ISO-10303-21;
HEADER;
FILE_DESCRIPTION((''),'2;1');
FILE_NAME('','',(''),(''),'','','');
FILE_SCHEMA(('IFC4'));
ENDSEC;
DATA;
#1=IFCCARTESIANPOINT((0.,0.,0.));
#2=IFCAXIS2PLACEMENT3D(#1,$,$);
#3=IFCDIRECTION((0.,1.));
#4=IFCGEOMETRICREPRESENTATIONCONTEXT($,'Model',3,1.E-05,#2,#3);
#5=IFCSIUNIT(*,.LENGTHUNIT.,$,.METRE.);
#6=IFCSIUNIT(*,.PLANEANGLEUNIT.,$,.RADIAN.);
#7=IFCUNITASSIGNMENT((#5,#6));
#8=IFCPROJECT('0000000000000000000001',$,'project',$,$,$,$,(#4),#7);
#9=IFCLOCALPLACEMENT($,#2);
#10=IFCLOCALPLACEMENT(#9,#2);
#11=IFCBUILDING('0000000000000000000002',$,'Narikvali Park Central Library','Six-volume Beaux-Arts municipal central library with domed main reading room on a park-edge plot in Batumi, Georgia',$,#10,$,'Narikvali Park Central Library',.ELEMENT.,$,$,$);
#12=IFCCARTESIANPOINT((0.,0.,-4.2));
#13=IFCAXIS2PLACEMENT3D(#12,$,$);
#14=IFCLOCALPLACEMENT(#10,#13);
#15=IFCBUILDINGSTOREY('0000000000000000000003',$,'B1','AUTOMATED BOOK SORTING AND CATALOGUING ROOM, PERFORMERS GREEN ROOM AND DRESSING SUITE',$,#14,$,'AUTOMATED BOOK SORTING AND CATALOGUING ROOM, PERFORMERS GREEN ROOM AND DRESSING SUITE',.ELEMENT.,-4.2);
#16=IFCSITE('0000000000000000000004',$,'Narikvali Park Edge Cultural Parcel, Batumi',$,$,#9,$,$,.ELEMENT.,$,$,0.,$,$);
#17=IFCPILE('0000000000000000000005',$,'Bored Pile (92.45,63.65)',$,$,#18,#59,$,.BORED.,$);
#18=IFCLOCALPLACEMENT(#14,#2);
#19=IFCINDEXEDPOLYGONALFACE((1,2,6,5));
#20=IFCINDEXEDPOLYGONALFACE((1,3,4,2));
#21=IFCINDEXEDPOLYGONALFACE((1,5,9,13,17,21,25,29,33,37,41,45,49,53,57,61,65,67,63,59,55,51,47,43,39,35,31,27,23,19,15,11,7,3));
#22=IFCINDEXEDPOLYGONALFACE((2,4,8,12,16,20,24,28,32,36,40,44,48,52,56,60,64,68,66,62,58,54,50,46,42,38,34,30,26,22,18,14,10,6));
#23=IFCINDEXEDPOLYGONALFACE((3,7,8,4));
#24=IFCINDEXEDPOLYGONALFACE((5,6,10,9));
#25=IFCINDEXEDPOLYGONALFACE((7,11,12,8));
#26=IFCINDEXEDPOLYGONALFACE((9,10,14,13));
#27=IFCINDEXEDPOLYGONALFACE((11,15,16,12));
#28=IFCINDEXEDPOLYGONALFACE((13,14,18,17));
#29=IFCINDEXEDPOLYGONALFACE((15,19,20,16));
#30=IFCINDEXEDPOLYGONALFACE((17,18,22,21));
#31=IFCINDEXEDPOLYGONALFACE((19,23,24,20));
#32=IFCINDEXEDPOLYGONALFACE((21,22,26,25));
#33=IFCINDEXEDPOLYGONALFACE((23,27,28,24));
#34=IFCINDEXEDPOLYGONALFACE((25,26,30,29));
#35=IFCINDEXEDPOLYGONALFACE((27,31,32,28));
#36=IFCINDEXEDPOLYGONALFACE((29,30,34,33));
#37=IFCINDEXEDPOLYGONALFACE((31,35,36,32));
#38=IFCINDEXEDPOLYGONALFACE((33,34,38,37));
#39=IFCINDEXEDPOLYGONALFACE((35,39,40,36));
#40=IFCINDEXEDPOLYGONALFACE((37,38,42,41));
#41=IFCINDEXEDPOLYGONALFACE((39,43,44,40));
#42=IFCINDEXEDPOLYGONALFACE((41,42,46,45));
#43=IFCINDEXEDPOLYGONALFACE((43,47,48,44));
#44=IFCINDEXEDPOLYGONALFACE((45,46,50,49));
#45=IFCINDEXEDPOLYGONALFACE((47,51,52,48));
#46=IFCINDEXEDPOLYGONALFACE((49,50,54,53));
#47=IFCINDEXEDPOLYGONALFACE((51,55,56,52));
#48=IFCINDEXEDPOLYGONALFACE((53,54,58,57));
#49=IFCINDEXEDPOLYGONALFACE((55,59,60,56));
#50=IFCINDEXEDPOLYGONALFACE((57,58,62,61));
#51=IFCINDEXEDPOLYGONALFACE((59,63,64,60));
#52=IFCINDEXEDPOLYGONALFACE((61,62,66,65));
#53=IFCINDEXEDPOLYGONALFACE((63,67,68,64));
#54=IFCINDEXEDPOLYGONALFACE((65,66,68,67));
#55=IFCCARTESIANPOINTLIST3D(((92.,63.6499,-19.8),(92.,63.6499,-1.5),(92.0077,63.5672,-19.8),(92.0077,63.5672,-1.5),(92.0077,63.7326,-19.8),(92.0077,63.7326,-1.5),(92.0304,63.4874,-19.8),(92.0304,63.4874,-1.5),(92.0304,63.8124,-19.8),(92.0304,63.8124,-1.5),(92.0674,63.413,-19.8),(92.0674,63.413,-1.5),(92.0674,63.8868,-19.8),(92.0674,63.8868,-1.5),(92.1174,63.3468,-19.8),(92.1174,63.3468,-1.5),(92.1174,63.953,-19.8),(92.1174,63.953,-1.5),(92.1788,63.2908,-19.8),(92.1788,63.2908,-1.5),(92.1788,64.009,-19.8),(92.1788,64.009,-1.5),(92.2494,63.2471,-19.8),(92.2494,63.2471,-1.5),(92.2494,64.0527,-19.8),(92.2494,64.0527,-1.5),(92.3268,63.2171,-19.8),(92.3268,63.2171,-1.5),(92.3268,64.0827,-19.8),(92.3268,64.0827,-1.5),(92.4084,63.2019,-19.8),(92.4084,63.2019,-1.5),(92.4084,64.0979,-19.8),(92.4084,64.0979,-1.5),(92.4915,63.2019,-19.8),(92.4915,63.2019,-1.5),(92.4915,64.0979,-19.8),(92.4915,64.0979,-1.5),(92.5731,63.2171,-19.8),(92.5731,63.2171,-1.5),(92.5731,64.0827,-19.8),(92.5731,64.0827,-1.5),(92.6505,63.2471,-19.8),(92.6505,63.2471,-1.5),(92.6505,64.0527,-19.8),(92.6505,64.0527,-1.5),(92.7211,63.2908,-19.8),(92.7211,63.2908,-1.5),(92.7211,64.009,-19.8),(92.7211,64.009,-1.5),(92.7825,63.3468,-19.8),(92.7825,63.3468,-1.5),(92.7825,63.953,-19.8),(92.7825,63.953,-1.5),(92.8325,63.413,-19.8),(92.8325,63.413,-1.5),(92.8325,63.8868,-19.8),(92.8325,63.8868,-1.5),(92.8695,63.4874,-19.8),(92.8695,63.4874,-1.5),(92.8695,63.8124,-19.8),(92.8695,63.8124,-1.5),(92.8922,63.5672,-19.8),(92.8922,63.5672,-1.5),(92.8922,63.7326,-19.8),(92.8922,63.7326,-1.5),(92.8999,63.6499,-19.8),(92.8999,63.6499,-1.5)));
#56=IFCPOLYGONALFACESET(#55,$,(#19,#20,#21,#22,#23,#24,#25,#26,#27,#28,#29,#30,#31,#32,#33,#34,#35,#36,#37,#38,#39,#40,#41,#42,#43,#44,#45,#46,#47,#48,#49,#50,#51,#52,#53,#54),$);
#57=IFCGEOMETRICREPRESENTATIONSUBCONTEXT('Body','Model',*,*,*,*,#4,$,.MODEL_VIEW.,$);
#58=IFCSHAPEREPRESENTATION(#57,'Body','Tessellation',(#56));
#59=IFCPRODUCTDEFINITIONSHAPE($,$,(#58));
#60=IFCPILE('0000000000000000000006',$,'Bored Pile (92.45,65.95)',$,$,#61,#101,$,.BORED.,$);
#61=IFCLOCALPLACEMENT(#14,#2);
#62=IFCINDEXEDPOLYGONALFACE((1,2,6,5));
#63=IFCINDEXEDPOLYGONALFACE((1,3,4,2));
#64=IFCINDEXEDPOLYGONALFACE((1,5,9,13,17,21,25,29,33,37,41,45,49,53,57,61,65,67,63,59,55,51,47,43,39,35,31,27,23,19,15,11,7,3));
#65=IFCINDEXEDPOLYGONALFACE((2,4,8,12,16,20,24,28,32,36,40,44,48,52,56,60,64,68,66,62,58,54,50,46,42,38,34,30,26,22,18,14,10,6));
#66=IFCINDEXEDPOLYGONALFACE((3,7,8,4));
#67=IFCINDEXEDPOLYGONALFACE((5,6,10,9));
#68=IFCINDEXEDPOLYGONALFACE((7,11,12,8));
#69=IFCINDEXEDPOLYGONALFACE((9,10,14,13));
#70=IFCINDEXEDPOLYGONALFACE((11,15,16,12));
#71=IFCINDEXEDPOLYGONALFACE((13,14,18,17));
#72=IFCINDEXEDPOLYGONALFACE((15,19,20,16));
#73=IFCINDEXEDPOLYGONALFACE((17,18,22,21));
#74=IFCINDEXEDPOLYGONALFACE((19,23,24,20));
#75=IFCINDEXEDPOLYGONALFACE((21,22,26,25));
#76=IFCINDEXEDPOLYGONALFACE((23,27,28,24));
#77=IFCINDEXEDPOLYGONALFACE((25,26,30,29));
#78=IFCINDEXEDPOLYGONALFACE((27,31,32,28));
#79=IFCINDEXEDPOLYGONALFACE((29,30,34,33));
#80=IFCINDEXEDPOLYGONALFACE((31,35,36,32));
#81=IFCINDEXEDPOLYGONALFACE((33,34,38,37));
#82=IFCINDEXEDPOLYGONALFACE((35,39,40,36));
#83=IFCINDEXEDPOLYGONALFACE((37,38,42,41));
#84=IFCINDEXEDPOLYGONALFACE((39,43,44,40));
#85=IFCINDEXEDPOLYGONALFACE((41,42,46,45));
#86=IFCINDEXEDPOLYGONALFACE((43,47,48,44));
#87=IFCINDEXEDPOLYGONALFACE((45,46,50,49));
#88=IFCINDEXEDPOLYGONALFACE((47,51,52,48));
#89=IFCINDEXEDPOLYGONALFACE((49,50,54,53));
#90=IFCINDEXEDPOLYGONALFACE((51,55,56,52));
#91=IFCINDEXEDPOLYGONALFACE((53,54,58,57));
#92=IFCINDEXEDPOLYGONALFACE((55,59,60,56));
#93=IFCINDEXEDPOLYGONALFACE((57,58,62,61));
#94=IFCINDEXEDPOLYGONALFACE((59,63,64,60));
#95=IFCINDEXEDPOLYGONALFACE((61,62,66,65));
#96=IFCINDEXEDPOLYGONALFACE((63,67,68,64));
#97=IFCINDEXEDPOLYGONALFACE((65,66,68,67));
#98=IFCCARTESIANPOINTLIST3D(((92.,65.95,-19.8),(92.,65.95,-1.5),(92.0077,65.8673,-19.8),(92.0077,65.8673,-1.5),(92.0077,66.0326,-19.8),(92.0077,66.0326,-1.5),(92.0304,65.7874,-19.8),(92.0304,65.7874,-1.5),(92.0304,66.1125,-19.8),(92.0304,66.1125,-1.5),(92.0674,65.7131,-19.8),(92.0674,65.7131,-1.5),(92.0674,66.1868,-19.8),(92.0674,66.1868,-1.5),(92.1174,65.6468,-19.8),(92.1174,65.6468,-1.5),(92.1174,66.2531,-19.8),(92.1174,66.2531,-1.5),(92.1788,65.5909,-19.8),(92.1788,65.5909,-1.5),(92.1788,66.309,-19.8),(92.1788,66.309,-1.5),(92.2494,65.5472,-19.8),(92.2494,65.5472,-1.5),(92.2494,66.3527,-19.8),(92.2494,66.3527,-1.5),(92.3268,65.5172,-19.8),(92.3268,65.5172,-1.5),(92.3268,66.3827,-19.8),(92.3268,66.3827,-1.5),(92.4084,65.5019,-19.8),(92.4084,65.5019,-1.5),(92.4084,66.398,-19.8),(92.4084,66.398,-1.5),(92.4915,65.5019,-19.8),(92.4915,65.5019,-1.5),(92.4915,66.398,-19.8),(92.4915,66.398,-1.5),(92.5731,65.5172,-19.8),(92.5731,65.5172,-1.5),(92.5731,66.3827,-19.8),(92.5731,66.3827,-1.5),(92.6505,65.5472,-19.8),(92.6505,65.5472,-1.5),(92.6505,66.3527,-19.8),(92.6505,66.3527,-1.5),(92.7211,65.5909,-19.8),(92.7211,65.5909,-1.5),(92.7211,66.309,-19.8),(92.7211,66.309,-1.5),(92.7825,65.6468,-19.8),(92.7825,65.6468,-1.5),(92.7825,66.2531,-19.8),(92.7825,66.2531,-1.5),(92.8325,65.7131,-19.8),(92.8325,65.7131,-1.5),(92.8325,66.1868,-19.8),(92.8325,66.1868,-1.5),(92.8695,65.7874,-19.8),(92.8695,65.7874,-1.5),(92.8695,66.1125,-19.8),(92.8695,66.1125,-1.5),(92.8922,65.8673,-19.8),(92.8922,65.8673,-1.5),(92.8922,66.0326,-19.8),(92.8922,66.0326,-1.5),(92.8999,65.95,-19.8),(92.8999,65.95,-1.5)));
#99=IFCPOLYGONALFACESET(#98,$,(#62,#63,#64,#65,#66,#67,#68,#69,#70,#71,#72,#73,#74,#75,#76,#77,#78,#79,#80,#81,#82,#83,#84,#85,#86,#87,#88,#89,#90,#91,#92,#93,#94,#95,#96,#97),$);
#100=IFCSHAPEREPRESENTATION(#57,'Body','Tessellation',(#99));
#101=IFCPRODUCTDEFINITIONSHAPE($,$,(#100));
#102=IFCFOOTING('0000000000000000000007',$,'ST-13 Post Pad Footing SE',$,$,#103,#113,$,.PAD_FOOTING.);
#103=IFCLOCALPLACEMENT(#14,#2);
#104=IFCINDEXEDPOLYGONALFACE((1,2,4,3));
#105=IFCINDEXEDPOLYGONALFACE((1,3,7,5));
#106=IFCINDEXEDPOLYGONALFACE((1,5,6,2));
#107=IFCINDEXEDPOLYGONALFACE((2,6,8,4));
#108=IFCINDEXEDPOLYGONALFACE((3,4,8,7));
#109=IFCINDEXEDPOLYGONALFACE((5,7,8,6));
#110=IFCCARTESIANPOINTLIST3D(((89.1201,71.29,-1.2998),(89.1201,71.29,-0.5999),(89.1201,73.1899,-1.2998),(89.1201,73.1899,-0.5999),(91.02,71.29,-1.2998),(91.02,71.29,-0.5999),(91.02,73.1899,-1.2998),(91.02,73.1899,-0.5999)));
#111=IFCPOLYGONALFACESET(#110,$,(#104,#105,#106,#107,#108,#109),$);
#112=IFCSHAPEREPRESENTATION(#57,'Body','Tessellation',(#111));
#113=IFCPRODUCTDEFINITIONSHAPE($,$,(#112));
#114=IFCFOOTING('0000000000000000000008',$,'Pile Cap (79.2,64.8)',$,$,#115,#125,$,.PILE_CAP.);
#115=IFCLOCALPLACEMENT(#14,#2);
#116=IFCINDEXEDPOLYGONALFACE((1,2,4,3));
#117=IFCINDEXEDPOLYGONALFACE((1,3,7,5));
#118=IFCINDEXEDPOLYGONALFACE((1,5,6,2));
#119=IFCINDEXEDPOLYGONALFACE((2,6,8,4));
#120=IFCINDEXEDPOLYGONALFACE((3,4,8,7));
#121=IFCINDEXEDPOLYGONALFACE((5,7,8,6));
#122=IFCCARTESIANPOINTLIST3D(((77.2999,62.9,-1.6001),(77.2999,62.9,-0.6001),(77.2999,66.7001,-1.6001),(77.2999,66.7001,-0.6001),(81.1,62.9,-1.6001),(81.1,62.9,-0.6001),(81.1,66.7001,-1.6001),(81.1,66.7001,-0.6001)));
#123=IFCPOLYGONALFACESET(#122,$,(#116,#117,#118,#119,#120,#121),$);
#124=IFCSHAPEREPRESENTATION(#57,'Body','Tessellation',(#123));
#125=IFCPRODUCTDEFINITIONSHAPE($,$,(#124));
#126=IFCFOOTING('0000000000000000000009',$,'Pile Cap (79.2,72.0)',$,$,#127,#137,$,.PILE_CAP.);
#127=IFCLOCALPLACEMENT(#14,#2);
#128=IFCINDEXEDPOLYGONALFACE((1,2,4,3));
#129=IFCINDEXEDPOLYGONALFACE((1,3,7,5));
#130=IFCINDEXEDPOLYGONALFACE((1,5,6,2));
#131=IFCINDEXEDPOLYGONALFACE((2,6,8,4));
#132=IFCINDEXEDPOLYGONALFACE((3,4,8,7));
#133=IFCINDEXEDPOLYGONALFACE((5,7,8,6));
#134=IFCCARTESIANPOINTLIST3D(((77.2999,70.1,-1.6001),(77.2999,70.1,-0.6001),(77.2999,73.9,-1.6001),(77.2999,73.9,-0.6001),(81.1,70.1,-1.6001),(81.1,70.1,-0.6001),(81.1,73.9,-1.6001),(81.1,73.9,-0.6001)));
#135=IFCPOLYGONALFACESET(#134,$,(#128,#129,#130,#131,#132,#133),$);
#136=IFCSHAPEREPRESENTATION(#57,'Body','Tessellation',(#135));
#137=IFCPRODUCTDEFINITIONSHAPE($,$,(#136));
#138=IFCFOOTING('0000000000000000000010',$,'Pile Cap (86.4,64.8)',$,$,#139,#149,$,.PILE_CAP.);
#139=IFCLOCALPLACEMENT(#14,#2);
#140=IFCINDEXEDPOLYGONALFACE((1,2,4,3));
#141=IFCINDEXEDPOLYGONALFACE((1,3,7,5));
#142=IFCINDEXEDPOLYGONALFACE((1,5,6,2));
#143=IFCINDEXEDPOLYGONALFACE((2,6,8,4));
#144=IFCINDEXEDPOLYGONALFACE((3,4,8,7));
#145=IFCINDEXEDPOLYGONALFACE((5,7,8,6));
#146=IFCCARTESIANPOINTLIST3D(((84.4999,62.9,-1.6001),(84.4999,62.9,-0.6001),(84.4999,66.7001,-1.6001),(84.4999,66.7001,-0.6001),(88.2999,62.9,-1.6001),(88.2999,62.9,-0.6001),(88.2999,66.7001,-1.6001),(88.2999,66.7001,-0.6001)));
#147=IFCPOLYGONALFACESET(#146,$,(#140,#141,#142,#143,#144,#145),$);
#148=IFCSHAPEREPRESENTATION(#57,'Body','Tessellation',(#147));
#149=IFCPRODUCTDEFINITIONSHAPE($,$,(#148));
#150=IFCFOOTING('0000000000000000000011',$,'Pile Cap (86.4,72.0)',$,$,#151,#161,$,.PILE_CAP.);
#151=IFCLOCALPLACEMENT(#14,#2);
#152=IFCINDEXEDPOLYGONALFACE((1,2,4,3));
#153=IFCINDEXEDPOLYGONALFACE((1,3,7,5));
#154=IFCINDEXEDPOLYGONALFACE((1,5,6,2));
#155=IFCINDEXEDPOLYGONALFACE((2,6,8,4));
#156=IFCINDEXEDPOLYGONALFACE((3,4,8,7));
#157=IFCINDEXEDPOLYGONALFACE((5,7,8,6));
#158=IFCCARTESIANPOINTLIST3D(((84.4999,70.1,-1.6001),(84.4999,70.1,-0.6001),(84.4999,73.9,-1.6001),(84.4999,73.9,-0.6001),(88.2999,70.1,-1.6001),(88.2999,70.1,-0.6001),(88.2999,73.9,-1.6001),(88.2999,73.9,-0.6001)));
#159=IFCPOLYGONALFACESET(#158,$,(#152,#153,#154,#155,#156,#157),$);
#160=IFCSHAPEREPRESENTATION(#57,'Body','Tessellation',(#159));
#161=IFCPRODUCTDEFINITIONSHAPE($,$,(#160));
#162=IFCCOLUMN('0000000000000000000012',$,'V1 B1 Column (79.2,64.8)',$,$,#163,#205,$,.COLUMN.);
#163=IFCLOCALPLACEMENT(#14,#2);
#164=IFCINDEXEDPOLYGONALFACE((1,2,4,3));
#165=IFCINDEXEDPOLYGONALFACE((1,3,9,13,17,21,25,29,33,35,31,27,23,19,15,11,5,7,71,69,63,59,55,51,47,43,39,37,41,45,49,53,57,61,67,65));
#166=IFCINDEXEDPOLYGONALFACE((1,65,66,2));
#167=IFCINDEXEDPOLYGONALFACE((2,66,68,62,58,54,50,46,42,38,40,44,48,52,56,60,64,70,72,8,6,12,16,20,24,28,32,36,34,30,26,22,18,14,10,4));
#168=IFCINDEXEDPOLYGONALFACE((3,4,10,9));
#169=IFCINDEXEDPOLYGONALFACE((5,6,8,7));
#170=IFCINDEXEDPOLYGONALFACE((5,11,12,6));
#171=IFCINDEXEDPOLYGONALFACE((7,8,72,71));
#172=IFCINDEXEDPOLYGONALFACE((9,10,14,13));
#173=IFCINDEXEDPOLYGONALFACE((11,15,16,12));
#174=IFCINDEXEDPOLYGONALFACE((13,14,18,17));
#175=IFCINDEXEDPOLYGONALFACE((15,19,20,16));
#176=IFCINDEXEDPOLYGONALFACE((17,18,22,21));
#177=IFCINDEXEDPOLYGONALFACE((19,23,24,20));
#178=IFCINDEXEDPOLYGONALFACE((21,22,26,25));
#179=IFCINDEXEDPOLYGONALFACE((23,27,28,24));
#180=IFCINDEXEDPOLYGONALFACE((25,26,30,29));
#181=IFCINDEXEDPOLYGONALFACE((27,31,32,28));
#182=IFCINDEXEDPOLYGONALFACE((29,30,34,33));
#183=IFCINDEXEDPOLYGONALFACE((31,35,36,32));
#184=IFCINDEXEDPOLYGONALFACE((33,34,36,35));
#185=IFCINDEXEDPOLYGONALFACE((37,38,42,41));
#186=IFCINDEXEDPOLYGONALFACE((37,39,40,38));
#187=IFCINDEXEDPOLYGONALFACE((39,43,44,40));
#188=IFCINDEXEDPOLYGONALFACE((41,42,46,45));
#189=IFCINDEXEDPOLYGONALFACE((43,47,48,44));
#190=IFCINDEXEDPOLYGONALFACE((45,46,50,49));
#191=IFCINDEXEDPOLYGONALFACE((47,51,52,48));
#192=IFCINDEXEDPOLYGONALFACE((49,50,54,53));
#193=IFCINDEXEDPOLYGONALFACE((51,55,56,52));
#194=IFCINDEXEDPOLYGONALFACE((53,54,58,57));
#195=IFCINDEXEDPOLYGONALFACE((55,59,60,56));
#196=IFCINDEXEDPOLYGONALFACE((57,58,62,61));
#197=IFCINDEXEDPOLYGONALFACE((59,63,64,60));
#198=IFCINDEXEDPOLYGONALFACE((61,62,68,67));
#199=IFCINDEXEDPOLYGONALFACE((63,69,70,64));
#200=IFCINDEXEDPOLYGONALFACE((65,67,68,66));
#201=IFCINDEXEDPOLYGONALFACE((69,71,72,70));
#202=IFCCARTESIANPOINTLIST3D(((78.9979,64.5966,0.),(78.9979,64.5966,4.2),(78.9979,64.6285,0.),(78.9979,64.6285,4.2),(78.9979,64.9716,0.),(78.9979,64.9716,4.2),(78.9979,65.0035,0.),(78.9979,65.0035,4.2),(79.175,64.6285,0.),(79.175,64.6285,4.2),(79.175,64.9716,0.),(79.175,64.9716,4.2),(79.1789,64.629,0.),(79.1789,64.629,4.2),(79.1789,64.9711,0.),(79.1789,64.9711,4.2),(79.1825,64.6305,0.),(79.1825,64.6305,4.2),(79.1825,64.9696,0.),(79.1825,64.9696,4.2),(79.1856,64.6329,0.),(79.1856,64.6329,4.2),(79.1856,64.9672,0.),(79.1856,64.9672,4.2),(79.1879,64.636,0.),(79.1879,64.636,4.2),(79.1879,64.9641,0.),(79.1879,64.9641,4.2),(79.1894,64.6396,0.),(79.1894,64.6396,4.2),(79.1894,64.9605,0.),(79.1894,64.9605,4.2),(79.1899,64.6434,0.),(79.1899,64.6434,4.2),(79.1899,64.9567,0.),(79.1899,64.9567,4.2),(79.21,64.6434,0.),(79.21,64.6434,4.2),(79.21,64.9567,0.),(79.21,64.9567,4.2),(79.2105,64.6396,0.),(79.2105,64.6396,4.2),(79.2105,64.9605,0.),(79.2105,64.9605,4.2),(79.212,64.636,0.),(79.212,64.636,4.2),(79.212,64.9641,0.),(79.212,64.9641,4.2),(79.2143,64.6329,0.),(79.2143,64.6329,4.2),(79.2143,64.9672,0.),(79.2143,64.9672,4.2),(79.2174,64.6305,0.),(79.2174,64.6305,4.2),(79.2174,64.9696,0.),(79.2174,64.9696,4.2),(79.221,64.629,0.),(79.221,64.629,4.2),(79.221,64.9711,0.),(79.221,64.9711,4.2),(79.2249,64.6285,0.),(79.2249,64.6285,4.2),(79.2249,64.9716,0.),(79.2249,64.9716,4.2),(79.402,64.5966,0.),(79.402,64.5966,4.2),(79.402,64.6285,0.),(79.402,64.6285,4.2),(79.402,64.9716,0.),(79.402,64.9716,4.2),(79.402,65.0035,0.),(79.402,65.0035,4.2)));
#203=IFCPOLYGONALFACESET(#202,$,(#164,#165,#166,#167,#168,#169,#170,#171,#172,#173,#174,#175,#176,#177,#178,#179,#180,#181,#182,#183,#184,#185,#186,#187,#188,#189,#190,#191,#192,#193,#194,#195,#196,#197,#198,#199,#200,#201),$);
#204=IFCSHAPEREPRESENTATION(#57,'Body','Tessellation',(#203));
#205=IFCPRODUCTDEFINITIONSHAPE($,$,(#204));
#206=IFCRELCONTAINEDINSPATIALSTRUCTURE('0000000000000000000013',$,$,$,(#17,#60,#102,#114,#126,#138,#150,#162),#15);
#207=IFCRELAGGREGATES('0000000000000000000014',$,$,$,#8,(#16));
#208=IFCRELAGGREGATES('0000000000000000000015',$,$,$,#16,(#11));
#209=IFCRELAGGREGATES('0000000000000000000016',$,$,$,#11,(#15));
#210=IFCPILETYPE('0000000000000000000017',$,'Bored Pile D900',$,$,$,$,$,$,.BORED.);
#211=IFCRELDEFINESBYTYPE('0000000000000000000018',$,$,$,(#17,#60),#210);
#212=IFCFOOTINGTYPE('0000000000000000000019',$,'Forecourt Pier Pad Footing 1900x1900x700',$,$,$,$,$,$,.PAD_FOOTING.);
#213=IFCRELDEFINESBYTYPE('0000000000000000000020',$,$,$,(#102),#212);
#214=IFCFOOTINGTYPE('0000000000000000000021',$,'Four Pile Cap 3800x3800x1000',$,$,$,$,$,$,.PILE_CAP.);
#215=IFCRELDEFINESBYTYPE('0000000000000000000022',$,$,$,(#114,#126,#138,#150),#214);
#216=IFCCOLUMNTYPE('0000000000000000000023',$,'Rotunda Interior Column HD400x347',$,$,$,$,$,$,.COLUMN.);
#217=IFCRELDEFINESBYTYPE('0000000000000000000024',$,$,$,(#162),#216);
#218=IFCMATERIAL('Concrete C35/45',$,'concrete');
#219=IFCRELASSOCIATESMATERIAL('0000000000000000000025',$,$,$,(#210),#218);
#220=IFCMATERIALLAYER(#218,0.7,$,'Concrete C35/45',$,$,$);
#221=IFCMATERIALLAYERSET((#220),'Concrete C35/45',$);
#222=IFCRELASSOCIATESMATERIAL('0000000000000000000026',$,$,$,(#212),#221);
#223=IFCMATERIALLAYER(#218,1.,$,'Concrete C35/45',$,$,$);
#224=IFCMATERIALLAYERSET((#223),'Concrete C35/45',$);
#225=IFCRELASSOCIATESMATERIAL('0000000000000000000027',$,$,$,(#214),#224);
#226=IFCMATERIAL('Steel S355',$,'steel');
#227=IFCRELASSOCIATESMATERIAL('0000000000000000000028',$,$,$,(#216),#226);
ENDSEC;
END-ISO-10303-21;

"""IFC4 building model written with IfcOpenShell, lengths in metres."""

from ifc_helpers import new_model, si_unit, direction, frame, origin, origin_2d, place, context, subcontext, project, spatial, rectangle, circle, i_section, extrude, material, layer, layer_set, material_profile, profile_set, type_object, element, save


model = new_model("IFC4")

# Units and contexts
model_context = context("Model", 3, precision=1e-05, world=origin(), true_north=direction((0.0, 1.0)))
body_context = subcontext(model_context, "Body", "Model", "MODEL_VIEW")
ifc_project = project(units=[si_unit("LENGTHUNIT", "METRE"), si_unit("PLANEANGLEUNIT", "RADIAN")], contexts=[model_context])

# Site, building, storey
site_placement = place(None, origin())
site = spatial("IfcSite", under=ifc_project, at=site_placement, Name="Narikvali Park Edge Cultural Parcel, Batumi", CompositionType="ELEMENT", RefElevation=0.0)
building_placement = place(site_placement, origin())
building = spatial("IfcBuilding", under=site, at=building_placement, Name="Narikvali Park Central Library", Description="Six-volume Beaux-Arts municipal central library with domed main reading room on a park-edge plot in Batumi, Georgia", LongName="Narikvali Park Central Library", CompositionType="ELEMENT")
storey_placement = place(building_placement, frame((0.0, 0.0, -4.2)))
storey = spatial("IfcBuildingStorey", under=building, at=storey_placement, Name="B1", Description="AUTOMATED BOOK SORTING AND CATALOGUING ROOM, PERFORMERS GREEN ROOM AND DRESSING SUITE", LongName="AUTOMATED BOOK SORTING AND CATALOGUING ROOM, PERFORMERS GREEN ROOM AND DRESSING SUITE", CompositionType="ELEMENT", Elevation=-4.2)

# Piles
ifc_material_1 = material(Name="Concrete C35/45", Category="concrete")
ifc_material_profile_1 = material_profile(ifc_material_1, circle(Radius=0.45, at=origin_2d()), Name="PILE D900")
ifc_profile_set_1 = profile_set([ifc_material_profile_1], Name="Concrete C35/45")
pile_type = type_object("IfcPileType", Name="Bored Pile D900", PredefinedType="BORED", material=ifc_profile_set_1)
for number, where, z_axis, x_axis, name in (
    (1, (92.45, 63.6499, -1.5), (0.0, 0.0, -1.0), (1.0, 0.0, 0.0), "Bored Pile (92.45,63.65)"),
    (2, (92.45, 65.95, -1.5), (0.0, 0.0, -1.0), (1.0, 0.0, 0.0), "Bored Pile (92.45,65.95)"),
):
    element("IfcPile", number, at=place(storey_placement, frame(where, z_axis=z_axis, x_axis=x_axis)), inside=storey, type_object=pile_type, Name=name, PredefinedType="BORED", context=body_context, shape_type="SweptSolid", body=[
        extrude(circle(Radius=0.45, at=origin_2d()), origin(), (0.0, 0.0, 1.0), 18.3),
    ])

# Footings
ifc_layer_1 = layer(ifc_material_1, 0.7, Name="Concrete C35/45")
ifc_layer_set_1 = layer_set([ifc_layer_1], Name="Concrete C35/45")
footing_type_1 = type_object("IfcFootingType", Name="Forecourt Pier Pad Footing 1900x1900x700", PredefinedType="PAD_FOOTING", material=ifc_layer_set_1)
footing_placement = place(storey_placement, frame((90.0701, 72.24, -1.2998), z_axis=(0.0, 0.0, 1.0), x_axis=(1.0, 0.0, 0.0)))
element("IfcFooting", 3, at=footing_placement, inside=storey, type_object=footing_type_1, Name="ST-13 Post Pad Footing SE", PredefinedType="PAD_FOOTING", context=body_context, shape_type="SweptSolid", body=[
    extrude(rectangle(XDim=1.8999, YDim=1.8999, at=origin_2d()), origin(), (0.0, 0.0, 1.0), 0.7),
])
ifc_layer_2 = layer(ifc_material_1, 1.0, Name="Concrete C35/45")
ifc_layer_set_2 = layer_set([ifc_layer_2], Name="Concrete C35/45")
footing_type_2 = type_object("IfcFootingType", Name="Four Pile Cap 3800x3800x1000", PredefinedType="PILE_CAP", material=ifc_layer_set_2)
for number, where, z_axis, x_axis, name in (
    (4, (79.2, 64.8, -1.6001), (0.0, 0.0, 1.0), (1.0, 0.0, 0.0), "Pile Cap (79.2,64.8)"),
    (5, (79.2, 72.0, -1.6001), (0.0, 0.0, 1.0), (1.0, 0.0, 0.0), "Pile Cap (79.2,72.0)"),
    (6, (86.3999, 64.8, -1.6001), (0.0, 0.0, 1.0), (1.0, 0.0, 0.0), "Pile Cap (86.4,64.8)"),
    (7, (86.3999, 72.0, -1.6001), (0.0, 0.0, 1.0), (1.0, 0.0, 0.0), "Pile Cap (86.4,72.0)"),
):
    element("IfcFooting", number, at=place(storey_placement, frame(where, z_axis=z_axis, x_axis=x_axis)), inside=storey, type_object=footing_type_2, Name=name, PredefinedType="PILE_CAP", context=body_context, shape_type="SweptSolid", body=[
        extrude(rectangle(XDim=3.8, YDim=3.8, at=origin_2d()), origin(), (0.0, 0.0, 1.0), 1.0),
    ])

# Column
ifc_material_2 = material(Name="Steel S355", Category="steel")
ifc_material_profile_2 = material_profile(ifc_material_2, i_section(OverallWidth=0.4041, OverallDepth=0.407, WebThickness=0.02, FlangeThickness=0.032, FilletRadius=0.0149, at=origin_2d()), Name="HD 400x347")
ifc_profile_set_2 = profile_set([ifc_material_profile_2], Name="Steel S355")
column_type_1 = type_object("IfcColumnType", Name="Rotunda Interior Column HD400x347", PredefinedType="COLUMN", material=ifc_profile_set_2)
for number, where, z_axis, x_axis, name in (
    (8, (79.2, 64.8, 0.0), (0.0, 0.0, 1.0), (1.0, 0.0, 0.0), "V1 B1 Column (79.2,64.8)"),
):
    element("IfcColumn", number, at=place(storey_placement, frame(where, z_axis=z_axis, x_axis=x_axis)), inside=storey, type_object=column_type_1, Name=name, PredefinedType="COLUMN", context=body_context, shape_type="SweptSolid", body=[
        extrude(i_section(OverallWidth=0.4041, OverallDepth=0.407, WebThickness=0.02, FlangeThickness=0.032, FilletRadius=0.0149, at=origin_2d()), origin(), (0.0, 0.0, 1.0), 4.2),
    ])

save(model, "model.ifc")
